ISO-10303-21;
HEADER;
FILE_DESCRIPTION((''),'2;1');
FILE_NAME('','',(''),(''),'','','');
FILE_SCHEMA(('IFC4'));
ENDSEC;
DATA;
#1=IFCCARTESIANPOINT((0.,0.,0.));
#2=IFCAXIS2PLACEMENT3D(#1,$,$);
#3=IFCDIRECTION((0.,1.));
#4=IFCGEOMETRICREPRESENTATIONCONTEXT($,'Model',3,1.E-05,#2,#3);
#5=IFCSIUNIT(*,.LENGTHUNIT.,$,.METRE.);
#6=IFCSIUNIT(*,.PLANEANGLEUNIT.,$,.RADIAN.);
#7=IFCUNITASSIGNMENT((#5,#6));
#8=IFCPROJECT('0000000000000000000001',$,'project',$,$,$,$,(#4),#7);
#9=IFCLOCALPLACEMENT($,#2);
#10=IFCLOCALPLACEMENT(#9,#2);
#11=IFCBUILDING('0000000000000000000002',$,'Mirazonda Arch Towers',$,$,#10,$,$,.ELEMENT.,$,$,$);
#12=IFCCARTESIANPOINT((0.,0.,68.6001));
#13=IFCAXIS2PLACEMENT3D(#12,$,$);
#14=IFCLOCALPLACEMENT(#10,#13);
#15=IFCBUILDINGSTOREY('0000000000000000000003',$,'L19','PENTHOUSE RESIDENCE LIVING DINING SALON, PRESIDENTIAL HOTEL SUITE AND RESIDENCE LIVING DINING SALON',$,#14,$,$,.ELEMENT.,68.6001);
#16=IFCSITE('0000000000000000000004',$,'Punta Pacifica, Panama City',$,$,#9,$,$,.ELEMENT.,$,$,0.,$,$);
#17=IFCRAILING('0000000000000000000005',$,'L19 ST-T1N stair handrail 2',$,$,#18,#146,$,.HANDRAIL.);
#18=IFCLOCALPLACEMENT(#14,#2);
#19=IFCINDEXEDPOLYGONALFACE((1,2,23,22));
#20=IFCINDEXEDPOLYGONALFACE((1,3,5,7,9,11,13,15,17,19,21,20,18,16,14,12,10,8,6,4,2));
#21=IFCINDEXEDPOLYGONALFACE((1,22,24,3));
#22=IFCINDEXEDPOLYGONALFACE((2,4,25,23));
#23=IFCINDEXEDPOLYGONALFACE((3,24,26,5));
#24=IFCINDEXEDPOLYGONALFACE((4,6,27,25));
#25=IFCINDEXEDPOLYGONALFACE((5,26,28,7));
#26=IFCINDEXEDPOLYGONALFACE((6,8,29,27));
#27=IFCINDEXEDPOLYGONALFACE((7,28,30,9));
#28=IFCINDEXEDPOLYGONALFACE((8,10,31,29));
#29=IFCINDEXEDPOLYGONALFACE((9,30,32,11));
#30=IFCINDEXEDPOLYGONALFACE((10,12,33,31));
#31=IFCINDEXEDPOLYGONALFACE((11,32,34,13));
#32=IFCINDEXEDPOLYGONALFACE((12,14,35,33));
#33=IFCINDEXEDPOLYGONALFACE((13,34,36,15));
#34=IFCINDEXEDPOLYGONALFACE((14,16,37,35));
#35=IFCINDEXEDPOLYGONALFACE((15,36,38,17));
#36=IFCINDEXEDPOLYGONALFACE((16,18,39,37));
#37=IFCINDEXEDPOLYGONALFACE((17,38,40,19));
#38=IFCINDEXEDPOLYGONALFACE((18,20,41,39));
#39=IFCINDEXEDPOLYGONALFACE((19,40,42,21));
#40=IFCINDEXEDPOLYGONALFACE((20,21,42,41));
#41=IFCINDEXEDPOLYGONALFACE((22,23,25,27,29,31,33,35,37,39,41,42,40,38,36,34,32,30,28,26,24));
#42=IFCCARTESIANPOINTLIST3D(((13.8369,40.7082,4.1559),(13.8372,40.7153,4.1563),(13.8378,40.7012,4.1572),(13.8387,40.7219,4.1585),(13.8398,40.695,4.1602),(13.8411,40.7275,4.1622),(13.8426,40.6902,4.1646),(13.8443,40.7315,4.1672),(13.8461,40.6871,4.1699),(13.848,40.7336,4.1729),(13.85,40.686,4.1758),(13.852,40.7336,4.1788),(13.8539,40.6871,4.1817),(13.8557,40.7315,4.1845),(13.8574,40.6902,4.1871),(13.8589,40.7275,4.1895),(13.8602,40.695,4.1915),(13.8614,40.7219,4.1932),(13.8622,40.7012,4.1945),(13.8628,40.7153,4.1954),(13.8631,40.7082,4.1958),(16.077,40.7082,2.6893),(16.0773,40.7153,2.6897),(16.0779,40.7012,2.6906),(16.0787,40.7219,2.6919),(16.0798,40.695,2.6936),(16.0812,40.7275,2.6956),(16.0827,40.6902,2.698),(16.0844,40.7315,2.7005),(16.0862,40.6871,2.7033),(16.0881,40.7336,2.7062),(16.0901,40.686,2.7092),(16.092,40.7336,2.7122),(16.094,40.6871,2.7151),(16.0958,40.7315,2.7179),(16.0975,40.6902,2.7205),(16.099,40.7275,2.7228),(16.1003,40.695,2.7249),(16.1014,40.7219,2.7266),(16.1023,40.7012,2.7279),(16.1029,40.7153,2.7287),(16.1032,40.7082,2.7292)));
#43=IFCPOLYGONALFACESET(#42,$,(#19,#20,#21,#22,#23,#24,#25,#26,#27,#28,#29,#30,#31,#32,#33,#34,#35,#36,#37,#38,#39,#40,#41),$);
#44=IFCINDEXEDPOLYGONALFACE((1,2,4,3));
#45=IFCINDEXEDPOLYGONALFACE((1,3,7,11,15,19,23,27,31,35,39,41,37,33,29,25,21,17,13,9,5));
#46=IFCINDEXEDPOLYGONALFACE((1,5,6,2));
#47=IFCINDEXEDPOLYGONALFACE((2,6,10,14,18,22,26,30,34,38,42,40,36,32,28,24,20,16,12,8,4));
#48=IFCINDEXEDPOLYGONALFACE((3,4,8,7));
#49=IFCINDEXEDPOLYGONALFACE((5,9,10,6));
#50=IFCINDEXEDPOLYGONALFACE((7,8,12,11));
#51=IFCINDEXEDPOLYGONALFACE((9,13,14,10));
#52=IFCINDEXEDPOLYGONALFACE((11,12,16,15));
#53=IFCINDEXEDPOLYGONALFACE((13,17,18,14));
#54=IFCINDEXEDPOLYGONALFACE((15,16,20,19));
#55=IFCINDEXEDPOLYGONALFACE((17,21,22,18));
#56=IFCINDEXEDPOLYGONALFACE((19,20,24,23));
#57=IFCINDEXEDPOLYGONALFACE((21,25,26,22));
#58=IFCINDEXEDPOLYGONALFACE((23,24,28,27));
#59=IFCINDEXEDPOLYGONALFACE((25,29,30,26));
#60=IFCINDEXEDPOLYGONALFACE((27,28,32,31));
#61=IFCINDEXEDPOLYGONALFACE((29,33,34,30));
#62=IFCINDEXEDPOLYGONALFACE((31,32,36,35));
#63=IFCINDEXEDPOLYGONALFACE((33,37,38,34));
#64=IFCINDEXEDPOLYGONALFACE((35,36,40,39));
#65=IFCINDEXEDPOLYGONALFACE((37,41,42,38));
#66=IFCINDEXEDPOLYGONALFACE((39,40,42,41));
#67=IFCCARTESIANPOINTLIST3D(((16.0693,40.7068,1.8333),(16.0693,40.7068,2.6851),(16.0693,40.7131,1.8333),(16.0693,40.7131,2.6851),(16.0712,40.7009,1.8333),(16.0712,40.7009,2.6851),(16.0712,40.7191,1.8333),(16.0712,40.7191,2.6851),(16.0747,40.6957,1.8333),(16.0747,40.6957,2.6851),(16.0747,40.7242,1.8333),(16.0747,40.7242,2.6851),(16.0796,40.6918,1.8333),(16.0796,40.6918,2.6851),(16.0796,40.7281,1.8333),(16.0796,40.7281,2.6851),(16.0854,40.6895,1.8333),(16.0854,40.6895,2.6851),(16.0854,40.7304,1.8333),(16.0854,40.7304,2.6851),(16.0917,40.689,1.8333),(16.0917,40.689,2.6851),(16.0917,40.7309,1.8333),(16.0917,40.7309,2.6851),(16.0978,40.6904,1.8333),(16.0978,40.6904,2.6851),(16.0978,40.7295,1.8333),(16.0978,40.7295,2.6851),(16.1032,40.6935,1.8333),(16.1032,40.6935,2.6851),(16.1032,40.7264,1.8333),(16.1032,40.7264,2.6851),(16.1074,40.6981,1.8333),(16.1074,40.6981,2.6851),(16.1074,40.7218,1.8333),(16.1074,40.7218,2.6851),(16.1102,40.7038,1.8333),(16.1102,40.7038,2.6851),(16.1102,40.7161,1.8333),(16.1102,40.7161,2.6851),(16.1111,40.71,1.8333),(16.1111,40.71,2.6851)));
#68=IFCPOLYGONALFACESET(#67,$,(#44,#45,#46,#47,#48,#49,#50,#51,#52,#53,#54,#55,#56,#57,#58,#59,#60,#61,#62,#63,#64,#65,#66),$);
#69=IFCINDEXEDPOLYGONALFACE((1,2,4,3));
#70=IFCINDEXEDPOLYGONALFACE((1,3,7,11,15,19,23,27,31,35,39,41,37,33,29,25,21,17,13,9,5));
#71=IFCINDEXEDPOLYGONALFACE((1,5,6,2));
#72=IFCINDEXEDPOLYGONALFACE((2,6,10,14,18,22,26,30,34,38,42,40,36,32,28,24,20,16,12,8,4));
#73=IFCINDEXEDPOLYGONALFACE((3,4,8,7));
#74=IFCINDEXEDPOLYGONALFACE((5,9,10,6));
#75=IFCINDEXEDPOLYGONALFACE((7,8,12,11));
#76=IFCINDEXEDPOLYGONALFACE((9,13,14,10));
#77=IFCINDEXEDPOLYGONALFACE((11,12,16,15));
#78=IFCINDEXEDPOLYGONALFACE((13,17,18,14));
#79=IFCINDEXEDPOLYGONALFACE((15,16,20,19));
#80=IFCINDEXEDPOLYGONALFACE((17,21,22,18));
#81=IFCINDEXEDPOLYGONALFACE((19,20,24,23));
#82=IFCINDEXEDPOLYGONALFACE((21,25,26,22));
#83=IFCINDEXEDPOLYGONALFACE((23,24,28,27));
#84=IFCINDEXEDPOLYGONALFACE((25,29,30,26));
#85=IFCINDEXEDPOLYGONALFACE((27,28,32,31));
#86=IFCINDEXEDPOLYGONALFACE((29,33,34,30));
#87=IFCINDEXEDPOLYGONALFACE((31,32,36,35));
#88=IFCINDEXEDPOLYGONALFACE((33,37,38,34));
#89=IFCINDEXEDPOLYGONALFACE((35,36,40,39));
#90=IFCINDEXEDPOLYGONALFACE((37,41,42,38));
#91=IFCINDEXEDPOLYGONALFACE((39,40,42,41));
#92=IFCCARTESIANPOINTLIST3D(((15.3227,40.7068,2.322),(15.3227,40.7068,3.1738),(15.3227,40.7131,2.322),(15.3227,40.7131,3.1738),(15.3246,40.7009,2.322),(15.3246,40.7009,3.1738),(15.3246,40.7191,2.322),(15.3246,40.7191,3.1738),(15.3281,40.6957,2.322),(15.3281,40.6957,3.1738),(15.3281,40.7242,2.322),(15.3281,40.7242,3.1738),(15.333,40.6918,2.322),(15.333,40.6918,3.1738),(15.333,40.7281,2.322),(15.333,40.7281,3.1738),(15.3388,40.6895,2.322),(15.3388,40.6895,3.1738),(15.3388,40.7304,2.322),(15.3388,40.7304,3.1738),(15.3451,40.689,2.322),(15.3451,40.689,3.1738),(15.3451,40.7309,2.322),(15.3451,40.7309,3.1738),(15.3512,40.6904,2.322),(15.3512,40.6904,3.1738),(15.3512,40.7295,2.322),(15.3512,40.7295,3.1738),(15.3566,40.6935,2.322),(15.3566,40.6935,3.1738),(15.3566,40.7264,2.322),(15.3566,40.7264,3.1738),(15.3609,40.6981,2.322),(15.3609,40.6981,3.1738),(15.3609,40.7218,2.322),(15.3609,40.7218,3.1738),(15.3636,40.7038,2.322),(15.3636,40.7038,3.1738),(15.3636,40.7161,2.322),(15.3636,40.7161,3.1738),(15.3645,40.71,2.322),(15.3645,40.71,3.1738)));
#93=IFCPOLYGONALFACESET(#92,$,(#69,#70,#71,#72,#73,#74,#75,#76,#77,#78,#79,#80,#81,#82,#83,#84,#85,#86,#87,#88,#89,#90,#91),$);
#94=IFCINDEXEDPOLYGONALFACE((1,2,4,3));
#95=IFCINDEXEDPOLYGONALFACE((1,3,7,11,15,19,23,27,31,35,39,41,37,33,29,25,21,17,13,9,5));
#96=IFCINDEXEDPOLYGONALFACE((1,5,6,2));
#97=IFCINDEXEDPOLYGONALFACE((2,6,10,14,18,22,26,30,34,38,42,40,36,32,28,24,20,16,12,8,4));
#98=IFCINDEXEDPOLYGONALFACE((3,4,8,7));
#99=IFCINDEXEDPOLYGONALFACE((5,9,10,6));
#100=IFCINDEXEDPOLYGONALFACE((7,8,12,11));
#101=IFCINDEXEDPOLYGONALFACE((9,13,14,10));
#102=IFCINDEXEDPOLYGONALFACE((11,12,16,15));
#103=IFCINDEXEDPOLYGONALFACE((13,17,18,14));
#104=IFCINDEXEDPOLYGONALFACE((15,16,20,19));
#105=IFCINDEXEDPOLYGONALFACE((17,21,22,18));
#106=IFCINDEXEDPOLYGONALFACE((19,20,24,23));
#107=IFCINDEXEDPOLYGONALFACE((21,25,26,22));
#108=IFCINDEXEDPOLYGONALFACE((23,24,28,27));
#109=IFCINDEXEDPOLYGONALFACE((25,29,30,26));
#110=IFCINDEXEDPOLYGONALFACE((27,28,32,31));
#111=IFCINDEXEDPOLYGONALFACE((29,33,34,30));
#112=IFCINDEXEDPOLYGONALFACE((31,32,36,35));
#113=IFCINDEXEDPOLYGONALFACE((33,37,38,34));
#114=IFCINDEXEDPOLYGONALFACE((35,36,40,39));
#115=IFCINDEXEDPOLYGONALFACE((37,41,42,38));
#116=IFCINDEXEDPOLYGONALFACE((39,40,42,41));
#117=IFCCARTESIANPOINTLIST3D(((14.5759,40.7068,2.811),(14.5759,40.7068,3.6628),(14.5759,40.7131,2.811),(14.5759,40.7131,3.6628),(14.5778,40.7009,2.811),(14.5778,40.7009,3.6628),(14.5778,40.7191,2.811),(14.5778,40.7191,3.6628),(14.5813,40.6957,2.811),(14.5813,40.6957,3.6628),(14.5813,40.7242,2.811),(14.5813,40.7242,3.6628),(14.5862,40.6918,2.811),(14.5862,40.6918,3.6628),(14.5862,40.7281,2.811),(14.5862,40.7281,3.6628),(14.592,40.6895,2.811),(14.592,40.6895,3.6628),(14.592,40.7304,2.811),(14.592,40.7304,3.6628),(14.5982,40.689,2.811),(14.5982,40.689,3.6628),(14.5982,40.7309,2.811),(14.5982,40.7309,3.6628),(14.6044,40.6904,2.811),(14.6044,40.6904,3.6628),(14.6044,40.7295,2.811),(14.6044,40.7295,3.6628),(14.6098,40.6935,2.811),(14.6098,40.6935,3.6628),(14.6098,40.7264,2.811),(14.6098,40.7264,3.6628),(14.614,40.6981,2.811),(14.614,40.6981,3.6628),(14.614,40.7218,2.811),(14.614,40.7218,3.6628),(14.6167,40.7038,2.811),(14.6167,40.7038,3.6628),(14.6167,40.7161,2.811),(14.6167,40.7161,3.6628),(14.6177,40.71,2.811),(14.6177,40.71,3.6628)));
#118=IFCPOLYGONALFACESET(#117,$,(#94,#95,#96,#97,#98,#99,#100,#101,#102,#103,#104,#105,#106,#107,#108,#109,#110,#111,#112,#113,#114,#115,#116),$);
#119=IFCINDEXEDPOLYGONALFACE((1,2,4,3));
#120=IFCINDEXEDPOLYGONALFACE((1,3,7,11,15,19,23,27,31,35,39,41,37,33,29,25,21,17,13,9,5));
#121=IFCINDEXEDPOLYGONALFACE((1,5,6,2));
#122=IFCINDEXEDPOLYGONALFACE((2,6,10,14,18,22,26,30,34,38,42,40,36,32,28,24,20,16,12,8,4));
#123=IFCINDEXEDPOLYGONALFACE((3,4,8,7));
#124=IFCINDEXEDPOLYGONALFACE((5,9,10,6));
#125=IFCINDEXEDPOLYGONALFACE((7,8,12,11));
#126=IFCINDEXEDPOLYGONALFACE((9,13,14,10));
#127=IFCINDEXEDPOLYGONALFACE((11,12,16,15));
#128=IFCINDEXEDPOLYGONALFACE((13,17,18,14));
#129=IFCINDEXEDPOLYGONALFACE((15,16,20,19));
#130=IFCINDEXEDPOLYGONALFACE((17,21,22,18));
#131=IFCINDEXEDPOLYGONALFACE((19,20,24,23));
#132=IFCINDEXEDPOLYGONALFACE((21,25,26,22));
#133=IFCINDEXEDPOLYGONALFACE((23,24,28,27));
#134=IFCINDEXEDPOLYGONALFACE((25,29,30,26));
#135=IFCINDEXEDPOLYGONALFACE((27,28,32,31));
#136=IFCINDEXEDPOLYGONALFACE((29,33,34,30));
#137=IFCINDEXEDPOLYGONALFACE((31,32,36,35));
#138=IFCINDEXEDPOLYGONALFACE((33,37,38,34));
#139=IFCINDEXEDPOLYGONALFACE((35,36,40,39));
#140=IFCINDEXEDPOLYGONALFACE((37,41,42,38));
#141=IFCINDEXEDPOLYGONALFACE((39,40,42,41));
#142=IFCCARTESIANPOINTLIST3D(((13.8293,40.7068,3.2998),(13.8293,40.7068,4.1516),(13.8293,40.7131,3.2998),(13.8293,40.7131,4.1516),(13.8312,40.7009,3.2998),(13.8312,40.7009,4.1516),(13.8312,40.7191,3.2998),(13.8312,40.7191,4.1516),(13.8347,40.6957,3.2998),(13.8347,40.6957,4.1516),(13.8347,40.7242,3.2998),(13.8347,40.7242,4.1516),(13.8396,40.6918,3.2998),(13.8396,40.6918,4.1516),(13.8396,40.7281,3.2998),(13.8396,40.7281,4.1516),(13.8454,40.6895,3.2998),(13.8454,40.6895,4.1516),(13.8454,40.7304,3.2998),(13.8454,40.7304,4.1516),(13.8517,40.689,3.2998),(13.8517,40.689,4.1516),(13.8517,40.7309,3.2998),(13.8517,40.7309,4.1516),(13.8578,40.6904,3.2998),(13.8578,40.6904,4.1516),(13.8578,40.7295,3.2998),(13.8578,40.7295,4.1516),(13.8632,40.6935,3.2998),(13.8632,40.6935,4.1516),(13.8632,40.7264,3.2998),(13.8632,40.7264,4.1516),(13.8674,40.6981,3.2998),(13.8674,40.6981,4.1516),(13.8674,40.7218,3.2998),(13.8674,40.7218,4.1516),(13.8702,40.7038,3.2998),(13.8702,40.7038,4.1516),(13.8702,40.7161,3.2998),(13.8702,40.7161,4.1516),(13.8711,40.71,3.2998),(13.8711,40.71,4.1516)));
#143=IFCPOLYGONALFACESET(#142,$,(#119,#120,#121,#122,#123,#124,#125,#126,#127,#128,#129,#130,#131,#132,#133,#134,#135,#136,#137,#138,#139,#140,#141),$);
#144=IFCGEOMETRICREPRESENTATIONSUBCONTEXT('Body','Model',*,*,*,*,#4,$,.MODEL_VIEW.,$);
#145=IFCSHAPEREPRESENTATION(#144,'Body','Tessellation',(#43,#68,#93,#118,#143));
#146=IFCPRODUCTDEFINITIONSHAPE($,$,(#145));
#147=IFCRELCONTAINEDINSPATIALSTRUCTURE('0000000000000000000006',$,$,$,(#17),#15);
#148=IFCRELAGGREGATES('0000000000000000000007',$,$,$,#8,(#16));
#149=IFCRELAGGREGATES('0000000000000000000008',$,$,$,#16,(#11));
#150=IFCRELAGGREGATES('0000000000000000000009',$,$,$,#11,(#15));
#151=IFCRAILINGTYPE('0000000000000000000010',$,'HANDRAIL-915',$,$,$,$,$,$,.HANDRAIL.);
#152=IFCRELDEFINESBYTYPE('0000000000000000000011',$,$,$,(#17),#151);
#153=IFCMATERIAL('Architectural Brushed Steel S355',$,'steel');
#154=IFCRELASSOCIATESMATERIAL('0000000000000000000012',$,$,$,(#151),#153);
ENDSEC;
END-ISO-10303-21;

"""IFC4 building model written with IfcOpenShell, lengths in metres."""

from ifc_helpers import new_model, si_unit, direction, frame, origin, origin_2d, place, context, subcontext, project, spatial, circle, extrude, material, type_object, element, save


model = new_model("IFC4")

# Units and contexts
model_context = context("Model", 3, precision=1e-05, world=origin(), true_north=direction((0.0, 1.0)))
body_context = subcontext(model_context, "Body", "Model", "MODEL_VIEW")
ifc_project = project(units=[si_unit("LENGTHUNIT", "METRE"), si_unit("PLANEANGLEUNIT", "RADIAN")], contexts=[model_context])

# Site, building, storey
site_placement = place(None, origin())
site = spatial("IfcSite", under=ifc_project, at=site_placement, Name="Punta Pacifica, Panama City", CompositionType="ELEMENT", RefElevation=0.0)
building_placement = place(site_placement, origin())
building = spatial("IfcBuilding", under=site, at=building_placement, Name="Mirazonda Arch Towers", CompositionType="ELEMENT")
storey_placement = place(building_placement, frame((0.0, 0.0, 68.6001)))
storey = spatial("IfcBuildingStorey", under=building, at=storey_placement, Name="L19", Description="PENTHOUSE RESIDENCE LIVING DINING SALON, PRESIDENTIAL HOTEL SUITE AND RESIDENCE LIVING DINING SALON", CompositionType="ELEMENT", Elevation=68.6001)

# Shared definitions
ifc_material_1 = material(Name="Architectural Brushed Steel S355", Category="steel")

# Railing
railing_type_1 = type_object("IfcRailingType", Name="HANDRAIL-915", PredefinedType="HANDRAIL", material=ifc_material_1)
railing_1_placement = place(storey_placement, frame((16.0901, 40.71, 1.8333)))
element("IfcRailing", 1, at=railing_1_placement, inside=storey, type_object=railing_type_1, Name="L19 ST-T1N stair handrail 2", PredefinedType="HANDRAIL", context=body_context, shape_type="SweptSolid", body=[
    extrude(circle(Radius=0.0239, at=origin_2d()), frame((0.0, 0.0, 0.876), z_axis=(-0.836637, 0.0, 0.547758), x_axis=(0.0, -1.0, 0.0)), (0.0, 0.0, 1.0), 2.6775),
    extrude(circle(Radius=0.021, at=origin_2d()), origin(), (0.0, 0.0, 1.0), 0.8518),
    extrude(circle(Radius=0.021, at=origin_2d()), frame((-0.7466, 0.0, 0.4888)), (0.0, 0.0, 1.0), 0.8518),
    extrude(circle(Radius=0.021, at=origin_2d()), frame((-1.4934, 0.0, 0.9778)), (0.0, 0.0, 1.0), 0.8518),
    extrude(circle(Radius=0.021, at=origin_2d()), frame((-2.24, 0.0, 1.4666)), (0.0, 0.0, 1.0), 0.8518),
])

save(model, "model.ifc")
